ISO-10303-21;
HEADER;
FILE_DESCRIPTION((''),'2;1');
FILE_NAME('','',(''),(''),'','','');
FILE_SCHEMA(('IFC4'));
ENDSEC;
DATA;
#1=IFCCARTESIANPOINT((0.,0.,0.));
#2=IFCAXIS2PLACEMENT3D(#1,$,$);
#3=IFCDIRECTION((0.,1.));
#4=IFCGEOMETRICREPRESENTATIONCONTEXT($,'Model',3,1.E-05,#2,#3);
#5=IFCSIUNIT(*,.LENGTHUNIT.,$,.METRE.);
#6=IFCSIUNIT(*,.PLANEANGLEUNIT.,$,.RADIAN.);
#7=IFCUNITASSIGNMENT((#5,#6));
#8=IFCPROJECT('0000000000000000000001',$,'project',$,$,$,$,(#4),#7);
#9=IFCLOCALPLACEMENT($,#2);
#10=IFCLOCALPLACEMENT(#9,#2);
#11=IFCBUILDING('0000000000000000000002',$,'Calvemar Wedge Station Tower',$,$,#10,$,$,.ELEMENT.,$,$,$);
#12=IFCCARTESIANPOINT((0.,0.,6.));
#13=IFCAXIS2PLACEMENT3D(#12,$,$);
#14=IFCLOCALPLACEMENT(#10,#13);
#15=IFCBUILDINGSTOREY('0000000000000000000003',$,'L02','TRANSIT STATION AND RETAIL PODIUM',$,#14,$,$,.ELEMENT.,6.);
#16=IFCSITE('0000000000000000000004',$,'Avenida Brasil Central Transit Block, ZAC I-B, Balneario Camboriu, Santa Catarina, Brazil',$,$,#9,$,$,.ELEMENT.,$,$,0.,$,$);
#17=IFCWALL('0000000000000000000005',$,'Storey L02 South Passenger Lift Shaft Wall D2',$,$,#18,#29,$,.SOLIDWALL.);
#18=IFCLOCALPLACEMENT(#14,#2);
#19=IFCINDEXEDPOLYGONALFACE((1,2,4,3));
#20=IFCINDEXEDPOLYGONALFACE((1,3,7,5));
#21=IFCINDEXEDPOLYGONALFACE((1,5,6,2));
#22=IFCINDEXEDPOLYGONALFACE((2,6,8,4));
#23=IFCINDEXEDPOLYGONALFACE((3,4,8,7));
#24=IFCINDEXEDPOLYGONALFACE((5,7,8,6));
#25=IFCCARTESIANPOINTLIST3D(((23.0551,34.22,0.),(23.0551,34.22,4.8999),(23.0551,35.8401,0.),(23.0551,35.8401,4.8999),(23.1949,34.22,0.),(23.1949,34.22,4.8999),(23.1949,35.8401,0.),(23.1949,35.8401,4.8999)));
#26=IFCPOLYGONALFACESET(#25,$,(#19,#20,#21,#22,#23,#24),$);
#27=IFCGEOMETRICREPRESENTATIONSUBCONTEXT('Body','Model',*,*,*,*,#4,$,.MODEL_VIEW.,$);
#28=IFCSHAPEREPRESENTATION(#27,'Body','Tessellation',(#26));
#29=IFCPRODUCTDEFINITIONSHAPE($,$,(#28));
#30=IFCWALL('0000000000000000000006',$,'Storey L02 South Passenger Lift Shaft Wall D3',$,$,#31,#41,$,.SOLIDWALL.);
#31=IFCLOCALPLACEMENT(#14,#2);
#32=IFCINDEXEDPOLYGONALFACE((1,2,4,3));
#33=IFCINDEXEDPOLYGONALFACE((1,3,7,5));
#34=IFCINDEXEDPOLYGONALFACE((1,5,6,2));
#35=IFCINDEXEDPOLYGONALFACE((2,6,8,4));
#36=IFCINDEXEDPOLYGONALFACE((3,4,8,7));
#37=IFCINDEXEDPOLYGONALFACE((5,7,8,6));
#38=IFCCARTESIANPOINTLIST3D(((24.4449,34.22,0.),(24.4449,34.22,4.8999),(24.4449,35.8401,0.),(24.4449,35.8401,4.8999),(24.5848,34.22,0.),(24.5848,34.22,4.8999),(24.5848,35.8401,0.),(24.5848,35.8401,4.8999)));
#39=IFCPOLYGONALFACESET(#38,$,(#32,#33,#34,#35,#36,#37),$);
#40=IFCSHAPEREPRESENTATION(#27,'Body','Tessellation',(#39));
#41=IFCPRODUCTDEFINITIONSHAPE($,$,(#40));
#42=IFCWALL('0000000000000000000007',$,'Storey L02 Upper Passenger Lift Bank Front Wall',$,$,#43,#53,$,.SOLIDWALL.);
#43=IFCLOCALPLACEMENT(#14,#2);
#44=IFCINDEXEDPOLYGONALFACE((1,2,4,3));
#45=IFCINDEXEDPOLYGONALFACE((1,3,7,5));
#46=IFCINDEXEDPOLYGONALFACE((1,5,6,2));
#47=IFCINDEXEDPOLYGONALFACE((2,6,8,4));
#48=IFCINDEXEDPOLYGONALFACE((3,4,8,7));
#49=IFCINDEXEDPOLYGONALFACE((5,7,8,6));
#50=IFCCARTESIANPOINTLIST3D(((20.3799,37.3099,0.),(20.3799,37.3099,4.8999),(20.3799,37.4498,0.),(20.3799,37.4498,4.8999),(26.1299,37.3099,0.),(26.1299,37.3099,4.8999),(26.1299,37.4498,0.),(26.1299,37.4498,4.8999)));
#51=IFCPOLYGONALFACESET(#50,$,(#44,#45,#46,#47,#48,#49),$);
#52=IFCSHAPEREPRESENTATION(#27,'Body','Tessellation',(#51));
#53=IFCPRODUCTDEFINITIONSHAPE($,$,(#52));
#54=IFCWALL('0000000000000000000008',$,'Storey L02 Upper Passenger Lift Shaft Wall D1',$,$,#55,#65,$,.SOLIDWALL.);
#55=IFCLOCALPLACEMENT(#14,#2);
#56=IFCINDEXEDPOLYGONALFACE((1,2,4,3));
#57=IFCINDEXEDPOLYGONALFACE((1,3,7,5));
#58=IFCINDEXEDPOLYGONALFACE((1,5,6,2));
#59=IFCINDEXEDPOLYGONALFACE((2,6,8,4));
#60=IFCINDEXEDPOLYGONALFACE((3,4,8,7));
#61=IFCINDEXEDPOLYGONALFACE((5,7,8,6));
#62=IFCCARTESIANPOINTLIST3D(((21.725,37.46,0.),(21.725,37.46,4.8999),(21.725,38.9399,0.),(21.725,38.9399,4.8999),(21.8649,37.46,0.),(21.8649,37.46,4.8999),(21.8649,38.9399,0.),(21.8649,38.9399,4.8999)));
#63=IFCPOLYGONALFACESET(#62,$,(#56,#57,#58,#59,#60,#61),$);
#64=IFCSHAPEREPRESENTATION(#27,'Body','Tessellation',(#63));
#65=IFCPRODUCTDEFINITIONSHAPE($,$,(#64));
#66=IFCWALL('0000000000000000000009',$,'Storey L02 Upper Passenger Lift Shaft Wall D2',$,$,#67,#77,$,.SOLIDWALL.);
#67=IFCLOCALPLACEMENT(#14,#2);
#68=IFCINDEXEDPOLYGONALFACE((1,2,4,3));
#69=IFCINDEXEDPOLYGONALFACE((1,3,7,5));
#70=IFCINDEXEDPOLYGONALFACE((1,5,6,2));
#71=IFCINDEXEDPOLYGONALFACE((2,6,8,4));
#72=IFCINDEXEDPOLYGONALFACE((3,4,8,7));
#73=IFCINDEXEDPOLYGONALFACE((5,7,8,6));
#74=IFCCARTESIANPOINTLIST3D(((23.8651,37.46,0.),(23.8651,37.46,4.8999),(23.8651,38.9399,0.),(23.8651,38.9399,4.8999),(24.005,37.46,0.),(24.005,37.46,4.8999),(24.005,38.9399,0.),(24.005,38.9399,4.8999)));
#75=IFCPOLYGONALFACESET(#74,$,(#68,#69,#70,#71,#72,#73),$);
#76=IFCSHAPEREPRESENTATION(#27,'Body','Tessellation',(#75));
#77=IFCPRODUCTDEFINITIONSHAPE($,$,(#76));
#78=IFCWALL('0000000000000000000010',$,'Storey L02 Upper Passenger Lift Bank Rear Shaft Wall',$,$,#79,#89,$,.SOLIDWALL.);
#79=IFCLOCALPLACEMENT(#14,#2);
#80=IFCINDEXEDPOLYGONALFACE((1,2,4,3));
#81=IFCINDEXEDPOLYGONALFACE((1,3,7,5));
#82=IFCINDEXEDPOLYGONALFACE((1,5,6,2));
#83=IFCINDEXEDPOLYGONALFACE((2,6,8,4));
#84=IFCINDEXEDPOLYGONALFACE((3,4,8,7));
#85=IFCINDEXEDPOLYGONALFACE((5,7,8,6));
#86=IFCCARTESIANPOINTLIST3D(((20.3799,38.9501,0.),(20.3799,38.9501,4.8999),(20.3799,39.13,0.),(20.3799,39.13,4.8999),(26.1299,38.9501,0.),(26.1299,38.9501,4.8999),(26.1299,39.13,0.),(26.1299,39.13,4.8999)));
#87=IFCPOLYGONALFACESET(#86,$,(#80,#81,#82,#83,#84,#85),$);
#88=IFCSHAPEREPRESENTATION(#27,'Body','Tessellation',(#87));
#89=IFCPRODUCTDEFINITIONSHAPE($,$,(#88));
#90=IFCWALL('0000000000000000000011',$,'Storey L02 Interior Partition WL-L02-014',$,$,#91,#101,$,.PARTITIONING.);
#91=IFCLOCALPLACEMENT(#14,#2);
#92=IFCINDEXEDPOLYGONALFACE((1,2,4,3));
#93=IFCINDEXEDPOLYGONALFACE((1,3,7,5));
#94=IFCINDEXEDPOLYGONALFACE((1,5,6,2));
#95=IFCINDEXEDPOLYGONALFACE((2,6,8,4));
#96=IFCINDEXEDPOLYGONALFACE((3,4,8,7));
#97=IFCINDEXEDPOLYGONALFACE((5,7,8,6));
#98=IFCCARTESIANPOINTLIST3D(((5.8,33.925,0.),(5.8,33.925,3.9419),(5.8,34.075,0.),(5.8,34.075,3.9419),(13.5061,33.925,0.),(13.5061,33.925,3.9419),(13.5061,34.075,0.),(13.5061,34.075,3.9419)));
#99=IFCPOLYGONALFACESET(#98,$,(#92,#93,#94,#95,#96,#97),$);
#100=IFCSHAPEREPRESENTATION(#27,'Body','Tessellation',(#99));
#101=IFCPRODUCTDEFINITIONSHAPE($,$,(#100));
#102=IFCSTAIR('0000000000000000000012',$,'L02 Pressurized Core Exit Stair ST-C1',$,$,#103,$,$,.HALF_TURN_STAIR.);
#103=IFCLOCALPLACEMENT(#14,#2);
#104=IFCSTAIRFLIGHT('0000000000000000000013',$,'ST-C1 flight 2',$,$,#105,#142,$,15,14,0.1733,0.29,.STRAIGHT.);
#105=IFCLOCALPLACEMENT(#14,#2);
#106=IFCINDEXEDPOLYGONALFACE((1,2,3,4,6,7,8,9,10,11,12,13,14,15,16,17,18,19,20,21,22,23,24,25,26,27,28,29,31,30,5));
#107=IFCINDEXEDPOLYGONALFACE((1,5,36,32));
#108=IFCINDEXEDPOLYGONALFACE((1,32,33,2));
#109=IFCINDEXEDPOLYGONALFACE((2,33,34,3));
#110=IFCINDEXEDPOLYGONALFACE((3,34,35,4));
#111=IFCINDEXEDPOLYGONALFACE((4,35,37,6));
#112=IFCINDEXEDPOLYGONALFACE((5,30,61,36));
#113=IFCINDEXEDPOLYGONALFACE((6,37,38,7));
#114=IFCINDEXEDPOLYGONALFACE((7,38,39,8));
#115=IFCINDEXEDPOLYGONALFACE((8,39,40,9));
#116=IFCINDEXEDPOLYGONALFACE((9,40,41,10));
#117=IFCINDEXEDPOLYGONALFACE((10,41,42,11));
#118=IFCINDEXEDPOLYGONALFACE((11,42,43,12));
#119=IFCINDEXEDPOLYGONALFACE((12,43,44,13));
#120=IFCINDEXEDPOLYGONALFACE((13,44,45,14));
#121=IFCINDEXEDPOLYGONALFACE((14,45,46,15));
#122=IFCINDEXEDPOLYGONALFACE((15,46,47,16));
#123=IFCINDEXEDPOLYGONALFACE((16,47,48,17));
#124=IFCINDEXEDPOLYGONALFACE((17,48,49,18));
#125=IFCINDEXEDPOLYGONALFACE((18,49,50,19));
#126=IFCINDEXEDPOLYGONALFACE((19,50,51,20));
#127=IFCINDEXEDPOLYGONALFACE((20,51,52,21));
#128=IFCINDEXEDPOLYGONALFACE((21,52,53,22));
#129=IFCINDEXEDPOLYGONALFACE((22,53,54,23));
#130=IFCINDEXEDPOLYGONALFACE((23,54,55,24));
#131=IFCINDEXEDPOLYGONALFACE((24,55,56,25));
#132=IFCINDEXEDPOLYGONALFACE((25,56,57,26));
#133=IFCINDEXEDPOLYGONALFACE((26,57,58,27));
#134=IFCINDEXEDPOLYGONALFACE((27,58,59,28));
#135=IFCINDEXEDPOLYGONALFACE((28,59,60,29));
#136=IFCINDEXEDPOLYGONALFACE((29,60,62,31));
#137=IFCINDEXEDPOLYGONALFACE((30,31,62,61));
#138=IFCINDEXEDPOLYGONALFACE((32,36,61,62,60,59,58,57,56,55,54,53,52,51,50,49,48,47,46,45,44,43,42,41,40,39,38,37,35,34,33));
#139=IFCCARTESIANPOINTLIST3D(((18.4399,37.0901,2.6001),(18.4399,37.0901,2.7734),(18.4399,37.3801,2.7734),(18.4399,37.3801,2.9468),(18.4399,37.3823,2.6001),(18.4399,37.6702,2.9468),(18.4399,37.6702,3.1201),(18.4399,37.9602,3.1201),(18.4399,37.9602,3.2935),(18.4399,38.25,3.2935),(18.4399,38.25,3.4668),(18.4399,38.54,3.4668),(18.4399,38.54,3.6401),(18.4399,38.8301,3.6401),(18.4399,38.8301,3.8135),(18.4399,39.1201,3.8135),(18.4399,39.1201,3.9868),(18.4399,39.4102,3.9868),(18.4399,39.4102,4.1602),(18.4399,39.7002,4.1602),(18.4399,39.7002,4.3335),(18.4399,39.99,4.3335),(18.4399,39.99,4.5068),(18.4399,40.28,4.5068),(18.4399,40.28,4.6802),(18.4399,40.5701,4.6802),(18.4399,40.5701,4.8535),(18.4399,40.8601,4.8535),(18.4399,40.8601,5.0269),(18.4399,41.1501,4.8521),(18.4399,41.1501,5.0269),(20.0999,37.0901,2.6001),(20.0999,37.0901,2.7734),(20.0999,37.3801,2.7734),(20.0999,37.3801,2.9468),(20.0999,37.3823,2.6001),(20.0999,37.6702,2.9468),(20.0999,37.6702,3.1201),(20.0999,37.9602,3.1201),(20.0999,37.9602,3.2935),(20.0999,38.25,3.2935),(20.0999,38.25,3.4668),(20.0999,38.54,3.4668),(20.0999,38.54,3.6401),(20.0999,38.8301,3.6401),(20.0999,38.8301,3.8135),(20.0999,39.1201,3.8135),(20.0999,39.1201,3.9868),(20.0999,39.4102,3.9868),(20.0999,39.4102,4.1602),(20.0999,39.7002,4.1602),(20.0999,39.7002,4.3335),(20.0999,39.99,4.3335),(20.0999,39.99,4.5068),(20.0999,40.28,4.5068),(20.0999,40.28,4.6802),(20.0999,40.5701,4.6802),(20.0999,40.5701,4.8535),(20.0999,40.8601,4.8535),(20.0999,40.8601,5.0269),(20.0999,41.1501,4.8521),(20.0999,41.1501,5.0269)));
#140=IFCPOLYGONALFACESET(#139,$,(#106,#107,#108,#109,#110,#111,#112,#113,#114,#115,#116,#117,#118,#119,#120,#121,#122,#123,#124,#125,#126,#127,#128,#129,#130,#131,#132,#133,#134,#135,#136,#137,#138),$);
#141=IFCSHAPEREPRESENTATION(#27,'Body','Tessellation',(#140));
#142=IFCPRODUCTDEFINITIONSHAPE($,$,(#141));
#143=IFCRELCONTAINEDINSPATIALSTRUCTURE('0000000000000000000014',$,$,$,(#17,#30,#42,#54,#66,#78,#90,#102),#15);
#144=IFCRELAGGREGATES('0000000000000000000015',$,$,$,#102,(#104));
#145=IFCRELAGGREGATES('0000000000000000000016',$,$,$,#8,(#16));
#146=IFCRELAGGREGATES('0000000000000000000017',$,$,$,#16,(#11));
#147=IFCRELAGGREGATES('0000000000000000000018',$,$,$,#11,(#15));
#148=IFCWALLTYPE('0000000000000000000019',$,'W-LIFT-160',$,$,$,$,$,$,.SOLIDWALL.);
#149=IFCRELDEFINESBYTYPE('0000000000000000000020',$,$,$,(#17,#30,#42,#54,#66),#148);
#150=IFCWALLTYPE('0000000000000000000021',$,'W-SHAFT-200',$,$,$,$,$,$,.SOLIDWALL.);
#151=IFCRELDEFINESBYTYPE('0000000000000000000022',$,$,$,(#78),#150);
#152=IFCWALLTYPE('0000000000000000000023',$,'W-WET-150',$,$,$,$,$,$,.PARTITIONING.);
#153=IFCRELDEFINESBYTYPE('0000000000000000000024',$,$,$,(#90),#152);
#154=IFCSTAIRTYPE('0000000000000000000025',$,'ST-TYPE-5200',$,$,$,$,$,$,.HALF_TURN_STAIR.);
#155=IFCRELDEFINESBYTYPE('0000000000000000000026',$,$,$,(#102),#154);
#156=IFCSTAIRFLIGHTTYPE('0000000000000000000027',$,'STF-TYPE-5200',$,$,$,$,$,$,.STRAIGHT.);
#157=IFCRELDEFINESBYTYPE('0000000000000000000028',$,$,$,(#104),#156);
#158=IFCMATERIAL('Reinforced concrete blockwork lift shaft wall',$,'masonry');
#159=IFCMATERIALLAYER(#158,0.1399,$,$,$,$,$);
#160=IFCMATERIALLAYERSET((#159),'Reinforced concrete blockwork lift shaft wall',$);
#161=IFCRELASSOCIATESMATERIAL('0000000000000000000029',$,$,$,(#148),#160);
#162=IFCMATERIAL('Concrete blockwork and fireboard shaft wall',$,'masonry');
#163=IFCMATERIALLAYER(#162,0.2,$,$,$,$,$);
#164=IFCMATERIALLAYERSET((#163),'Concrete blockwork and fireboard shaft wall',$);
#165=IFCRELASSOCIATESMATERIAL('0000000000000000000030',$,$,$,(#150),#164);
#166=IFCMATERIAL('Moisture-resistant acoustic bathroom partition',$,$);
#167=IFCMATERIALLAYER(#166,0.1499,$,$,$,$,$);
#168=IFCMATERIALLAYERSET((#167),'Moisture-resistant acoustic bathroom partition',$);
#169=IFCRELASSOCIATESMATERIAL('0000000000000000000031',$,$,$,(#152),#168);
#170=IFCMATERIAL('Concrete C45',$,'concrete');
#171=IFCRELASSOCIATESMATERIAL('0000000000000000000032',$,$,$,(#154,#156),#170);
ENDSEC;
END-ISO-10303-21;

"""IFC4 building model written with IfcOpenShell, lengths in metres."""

from ifc_helpers import new_model, si_unit, direction, frame, frame_2d, origin, place, context, subcontext, project, spatial, polyline, rectangle, outline, extrude, material, layer, layer_set, type_object, element, aggregate, save


model = new_model("IFC4")

# Units and contexts
model_context = context("Model", 3, precision=1e-05, world=origin(), true_north=direction((0.0, 1.0)))
body_context = subcontext(model_context, "Body", "Model", "MODEL_VIEW")
ifc_project = project(units=[si_unit("LENGTHUNIT", "METRE"), si_unit("PLANEANGLEUNIT", "RADIAN")], contexts=[model_context])

# Site, building, storey
site_placement = place(None, origin())
site = spatial("IfcSite", under=ifc_project, at=site_placement, Name="Avenida Brasil Central Transit Block, ZAC I-B, Balneario Camboriu, Santa Catarina, Brazil", CompositionType="ELEMENT", RefElevation=0.0)
building_placement = place(site_placement, origin())
building = spatial("IfcBuilding", under=site, at=building_placement, Name="Calvemar Wedge Station Tower", CompositionType="ELEMENT")
storey_placement = place(building_placement, frame((0.0, 0.0, 6.0)))
storey = spatial("IfcBuildingStorey", under=building, at=storey_placement, Name="L02", Description="TRANSIT STATION AND RETAIL PODIUM", CompositionType="ELEMENT", Elevation=6.0)

# Walls
ifc_material_1 = material(Name="Reinforced concrete blockwork lift shaft wall", Category="masonry")
ifc_layer_1 = layer(ifc_material_1, 0.1399)
ifc_layer_set_1 = layer_set([ifc_layer_1], Name="Reinforced concrete blockwork lift shaft wall")
wall_type_1 = type_object("IfcWallType", Name="W-LIFT-160", PredefinedType="SOLIDWALL", material=ifc_layer_set_1)
for number, where, z_axis, x_axis, name in (
    (1, (23.125, 34.22, 0.0), (0.0, 0.0, 1.0), (0.0, 1.0, 0.0), "Storey L02 South Passenger Lift Shaft Wall D2"),
    (2, (24.5149, 34.22, 0.0), (0.0, 0.0, 1.0), (0.0, 1.0, 0.0), "Storey L02 South Passenger Lift Shaft Wall D3"),
):
    element("IfcWall", number, at=place(storey_placement, frame(where, z_axis=z_axis, x_axis=x_axis)), inside=storey, type_object=wall_type_1, Name=name, PredefinedType="SOLIDWALL", context=body_context, shape_type="SweptSolid", body=[
        extrude(rectangle(XDim=1.6201, YDim=0.1399, at=frame_2d((0.8101, 0.0))), origin(), (0.0, 0.0, 1.0), 4.8999),
    ])
wall_1_placement = place(storey_placement, frame((20.3799, 37.3799, 0.0), z_axis=(0.0, 0.0, 1.0), x_axis=(1.0, 0.0, 0.0)))
element("IfcWall", 3, at=wall_1_placement, inside=storey, type_object=wall_type_1, Name="Storey L02 Upper Passenger Lift Bank Front Wall", PredefinedType="SOLIDWALL", context=body_context, shape_type="SweptSolid", body=[
    extrude(rectangle(XDim=5.75, YDim=0.1399, at=frame_2d((2.875, 0.0))), origin(), (0.0, 0.0, 1.0), 4.8999),
])
for number, where, z_axis, x_axis, name in (
    (4, (21.7949, 37.46, 0.0), (0.0, 0.0, 1.0), (0.0, 1.0, 0.0), "Storey L02 Upper Passenger Lift Shaft Wall D1"),
    (5, (23.9351, 37.46, 0.0), (0.0, 0.0, 1.0), (0.0, 1.0, 0.0), "Storey L02 Upper Passenger Lift Shaft Wall D2"),
):
    element("IfcWall", number, at=place(storey_placement, frame(where, z_axis=z_axis, x_axis=x_axis)), inside=storey, type_object=wall_type_1, Name=name, PredefinedType="SOLIDWALL", context=body_context, shape_type="SweptSolid", body=[
        extrude(rectangle(XDim=1.48, YDim=0.1399, at=frame_2d((0.74, 0.0))), origin(), (0.0, 0.0, 1.0), 4.8999),
    ])
ifc_material_2 = material(Name="Concrete blockwork and fireboard shaft wall", Category="masonry")
ifc_layer_2 = layer(ifc_material_2, 0.2)
ifc_layer_set_2 = layer_set([ifc_layer_2], Name="Concrete blockwork and fireboard shaft wall")
wall_type_2 = type_object("IfcWallType", Name="W-SHAFT-200", PredefinedType="SOLIDWALL", material=ifc_layer_set_2)
wall_2_placement = place(storey_placement, frame((20.3799, 39.04, 0.0), z_axis=(0.0, 0.0, 1.0), x_axis=(1.0, 0.0, 0.0)))
element("IfcWall", 6, at=wall_2_placement, inside=storey, type_object=wall_type_2, Name="Storey L02 Upper Passenger Lift Bank Rear Shaft Wall", PredefinedType="SOLIDWALL", context=body_context, shape_type="SweptSolid", body=[
    extrude(rectangle(XDim=5.75, YDim=0.1799, at=frame_2d((2.875, 0.0))), origin(), (0.0, 0.0, 1.0), 4.8999),
])
ifc_material_3 = material(Name="Moisture-resistant acoustic bathroom partition")
ifc_layer_3 = layer(ifc_material_3, 0.1499)
ifc_layer_set_3 = layer_set([ifc_layer_3], Name="Moisture-resistant acoustic bathroom partition")
wall_type_3 = type_object("IfcWallType", Name="W-WET-150", PredefinedType="PARTITIONING", material=ifc_layer_set_3)
wall_3_placement = place(storey_placement, frame((13.5061, 34.0, 0.0), z_axis=(0.0, 0.0, 1.0), x_axis=(-1.0, 0.0, 0.0)))
element("IfcWall", 7, at=wall_3_placement, inside=storey, type_object=wall_type_3, Name="Storey L02 Interior Partition WL-L02-014", PredefinedType="PARTITIONING", context=body_context, shape_type="SweptSolid", body=[
    extrude(rectangle(XDim=7.7061, YDim=0.1499, at=frame_2d((3.853, 0.0))), origin(), (0.0, 0.0, 1.0), 3.9419),
])

# Stair, stair flight
ifc_material_4 = material(Name="Concrete C45", Category="concrete")
stair_type = type_object("IfcStairType", Name="ST-TYPE-5200", PredefinedType="HALF_TURN_STAIR", material=ifc_material_4)
stair_placement = place(storey_placement, origin())
stair = element("IfcStair", 8, at=stair_placement, inside=storey, type_object=stair_type, Name="L02 Pressurized Core Exit Stair ST-C1", PredefinedType="HALF_TURN_STAIR")
stair_flight_type = type_object("IfcStairFlightType", Name="STF-TYPE-5200", PredefinedType="STRAIGHT", material=ifc_material_4)
stair_flight_placement = place(storey_placement, frame((19.27, 37.0901, 2.6001), z_axis=(0.0, 0.0, 1.0), x_axis=(0.0, 1.0, 0.0)))
stair_flight = element("IfcStairFlight", 9, at=stair_flight_placement, type_object=stair_flight_type, Name="ST-C1 flight 2", NumberOfRisers=15, NumberOfTreads=14, PredefinedType="STRAIGHT", RiserHeight=0.1733, TreadLength=0.29, context=body_context, shape_type="SweptSolid", body=[
    extrude(outline(polyline([(0.0, 0.0), (0.0, 0.1733), (0.29, 0.1733), (0.29, 0.3467), (0.5801, 0.3467), (0.5801, 0.52), (0.8701, 0.52), (0.8701, 0.6934), (1.1599, 0.6934), (1.1599, 0.8667), (1.45, 0.8667), (1.45, 1.04), (1.74, 1.04), (1.74, 1.2134), (2.03, 1.2134), (2.03, 1.3867), (2.3201, 1.3867), (2.3201, 1.5601), (2.6101, 1.5601), (2.6101, 1.7334), (2.8999, 1.7334), (2.8999, 1.9067), (3.1899, 1.9067), (3.1899, 2.0801), (3.48, 2.0801), (3.48, 2.2534), (3.77, 2.2534), (3.77, 2.4268), (4.0601, 2.4268), (4.0601, 2.6001), (4.0601, 2.252), (0.2922, 0.0), (0.0, 0.0)])), frame((0.0, 0.8301, 0.0), z_axis=(0.0, -1.0, 0.0), x_axis=(1.0, 0.0, 0.0)), (0.0, 0.0, 1.0), 1.6599),
])
aggregate(stair, [stair_flight])

save(model, "model.ifc")
